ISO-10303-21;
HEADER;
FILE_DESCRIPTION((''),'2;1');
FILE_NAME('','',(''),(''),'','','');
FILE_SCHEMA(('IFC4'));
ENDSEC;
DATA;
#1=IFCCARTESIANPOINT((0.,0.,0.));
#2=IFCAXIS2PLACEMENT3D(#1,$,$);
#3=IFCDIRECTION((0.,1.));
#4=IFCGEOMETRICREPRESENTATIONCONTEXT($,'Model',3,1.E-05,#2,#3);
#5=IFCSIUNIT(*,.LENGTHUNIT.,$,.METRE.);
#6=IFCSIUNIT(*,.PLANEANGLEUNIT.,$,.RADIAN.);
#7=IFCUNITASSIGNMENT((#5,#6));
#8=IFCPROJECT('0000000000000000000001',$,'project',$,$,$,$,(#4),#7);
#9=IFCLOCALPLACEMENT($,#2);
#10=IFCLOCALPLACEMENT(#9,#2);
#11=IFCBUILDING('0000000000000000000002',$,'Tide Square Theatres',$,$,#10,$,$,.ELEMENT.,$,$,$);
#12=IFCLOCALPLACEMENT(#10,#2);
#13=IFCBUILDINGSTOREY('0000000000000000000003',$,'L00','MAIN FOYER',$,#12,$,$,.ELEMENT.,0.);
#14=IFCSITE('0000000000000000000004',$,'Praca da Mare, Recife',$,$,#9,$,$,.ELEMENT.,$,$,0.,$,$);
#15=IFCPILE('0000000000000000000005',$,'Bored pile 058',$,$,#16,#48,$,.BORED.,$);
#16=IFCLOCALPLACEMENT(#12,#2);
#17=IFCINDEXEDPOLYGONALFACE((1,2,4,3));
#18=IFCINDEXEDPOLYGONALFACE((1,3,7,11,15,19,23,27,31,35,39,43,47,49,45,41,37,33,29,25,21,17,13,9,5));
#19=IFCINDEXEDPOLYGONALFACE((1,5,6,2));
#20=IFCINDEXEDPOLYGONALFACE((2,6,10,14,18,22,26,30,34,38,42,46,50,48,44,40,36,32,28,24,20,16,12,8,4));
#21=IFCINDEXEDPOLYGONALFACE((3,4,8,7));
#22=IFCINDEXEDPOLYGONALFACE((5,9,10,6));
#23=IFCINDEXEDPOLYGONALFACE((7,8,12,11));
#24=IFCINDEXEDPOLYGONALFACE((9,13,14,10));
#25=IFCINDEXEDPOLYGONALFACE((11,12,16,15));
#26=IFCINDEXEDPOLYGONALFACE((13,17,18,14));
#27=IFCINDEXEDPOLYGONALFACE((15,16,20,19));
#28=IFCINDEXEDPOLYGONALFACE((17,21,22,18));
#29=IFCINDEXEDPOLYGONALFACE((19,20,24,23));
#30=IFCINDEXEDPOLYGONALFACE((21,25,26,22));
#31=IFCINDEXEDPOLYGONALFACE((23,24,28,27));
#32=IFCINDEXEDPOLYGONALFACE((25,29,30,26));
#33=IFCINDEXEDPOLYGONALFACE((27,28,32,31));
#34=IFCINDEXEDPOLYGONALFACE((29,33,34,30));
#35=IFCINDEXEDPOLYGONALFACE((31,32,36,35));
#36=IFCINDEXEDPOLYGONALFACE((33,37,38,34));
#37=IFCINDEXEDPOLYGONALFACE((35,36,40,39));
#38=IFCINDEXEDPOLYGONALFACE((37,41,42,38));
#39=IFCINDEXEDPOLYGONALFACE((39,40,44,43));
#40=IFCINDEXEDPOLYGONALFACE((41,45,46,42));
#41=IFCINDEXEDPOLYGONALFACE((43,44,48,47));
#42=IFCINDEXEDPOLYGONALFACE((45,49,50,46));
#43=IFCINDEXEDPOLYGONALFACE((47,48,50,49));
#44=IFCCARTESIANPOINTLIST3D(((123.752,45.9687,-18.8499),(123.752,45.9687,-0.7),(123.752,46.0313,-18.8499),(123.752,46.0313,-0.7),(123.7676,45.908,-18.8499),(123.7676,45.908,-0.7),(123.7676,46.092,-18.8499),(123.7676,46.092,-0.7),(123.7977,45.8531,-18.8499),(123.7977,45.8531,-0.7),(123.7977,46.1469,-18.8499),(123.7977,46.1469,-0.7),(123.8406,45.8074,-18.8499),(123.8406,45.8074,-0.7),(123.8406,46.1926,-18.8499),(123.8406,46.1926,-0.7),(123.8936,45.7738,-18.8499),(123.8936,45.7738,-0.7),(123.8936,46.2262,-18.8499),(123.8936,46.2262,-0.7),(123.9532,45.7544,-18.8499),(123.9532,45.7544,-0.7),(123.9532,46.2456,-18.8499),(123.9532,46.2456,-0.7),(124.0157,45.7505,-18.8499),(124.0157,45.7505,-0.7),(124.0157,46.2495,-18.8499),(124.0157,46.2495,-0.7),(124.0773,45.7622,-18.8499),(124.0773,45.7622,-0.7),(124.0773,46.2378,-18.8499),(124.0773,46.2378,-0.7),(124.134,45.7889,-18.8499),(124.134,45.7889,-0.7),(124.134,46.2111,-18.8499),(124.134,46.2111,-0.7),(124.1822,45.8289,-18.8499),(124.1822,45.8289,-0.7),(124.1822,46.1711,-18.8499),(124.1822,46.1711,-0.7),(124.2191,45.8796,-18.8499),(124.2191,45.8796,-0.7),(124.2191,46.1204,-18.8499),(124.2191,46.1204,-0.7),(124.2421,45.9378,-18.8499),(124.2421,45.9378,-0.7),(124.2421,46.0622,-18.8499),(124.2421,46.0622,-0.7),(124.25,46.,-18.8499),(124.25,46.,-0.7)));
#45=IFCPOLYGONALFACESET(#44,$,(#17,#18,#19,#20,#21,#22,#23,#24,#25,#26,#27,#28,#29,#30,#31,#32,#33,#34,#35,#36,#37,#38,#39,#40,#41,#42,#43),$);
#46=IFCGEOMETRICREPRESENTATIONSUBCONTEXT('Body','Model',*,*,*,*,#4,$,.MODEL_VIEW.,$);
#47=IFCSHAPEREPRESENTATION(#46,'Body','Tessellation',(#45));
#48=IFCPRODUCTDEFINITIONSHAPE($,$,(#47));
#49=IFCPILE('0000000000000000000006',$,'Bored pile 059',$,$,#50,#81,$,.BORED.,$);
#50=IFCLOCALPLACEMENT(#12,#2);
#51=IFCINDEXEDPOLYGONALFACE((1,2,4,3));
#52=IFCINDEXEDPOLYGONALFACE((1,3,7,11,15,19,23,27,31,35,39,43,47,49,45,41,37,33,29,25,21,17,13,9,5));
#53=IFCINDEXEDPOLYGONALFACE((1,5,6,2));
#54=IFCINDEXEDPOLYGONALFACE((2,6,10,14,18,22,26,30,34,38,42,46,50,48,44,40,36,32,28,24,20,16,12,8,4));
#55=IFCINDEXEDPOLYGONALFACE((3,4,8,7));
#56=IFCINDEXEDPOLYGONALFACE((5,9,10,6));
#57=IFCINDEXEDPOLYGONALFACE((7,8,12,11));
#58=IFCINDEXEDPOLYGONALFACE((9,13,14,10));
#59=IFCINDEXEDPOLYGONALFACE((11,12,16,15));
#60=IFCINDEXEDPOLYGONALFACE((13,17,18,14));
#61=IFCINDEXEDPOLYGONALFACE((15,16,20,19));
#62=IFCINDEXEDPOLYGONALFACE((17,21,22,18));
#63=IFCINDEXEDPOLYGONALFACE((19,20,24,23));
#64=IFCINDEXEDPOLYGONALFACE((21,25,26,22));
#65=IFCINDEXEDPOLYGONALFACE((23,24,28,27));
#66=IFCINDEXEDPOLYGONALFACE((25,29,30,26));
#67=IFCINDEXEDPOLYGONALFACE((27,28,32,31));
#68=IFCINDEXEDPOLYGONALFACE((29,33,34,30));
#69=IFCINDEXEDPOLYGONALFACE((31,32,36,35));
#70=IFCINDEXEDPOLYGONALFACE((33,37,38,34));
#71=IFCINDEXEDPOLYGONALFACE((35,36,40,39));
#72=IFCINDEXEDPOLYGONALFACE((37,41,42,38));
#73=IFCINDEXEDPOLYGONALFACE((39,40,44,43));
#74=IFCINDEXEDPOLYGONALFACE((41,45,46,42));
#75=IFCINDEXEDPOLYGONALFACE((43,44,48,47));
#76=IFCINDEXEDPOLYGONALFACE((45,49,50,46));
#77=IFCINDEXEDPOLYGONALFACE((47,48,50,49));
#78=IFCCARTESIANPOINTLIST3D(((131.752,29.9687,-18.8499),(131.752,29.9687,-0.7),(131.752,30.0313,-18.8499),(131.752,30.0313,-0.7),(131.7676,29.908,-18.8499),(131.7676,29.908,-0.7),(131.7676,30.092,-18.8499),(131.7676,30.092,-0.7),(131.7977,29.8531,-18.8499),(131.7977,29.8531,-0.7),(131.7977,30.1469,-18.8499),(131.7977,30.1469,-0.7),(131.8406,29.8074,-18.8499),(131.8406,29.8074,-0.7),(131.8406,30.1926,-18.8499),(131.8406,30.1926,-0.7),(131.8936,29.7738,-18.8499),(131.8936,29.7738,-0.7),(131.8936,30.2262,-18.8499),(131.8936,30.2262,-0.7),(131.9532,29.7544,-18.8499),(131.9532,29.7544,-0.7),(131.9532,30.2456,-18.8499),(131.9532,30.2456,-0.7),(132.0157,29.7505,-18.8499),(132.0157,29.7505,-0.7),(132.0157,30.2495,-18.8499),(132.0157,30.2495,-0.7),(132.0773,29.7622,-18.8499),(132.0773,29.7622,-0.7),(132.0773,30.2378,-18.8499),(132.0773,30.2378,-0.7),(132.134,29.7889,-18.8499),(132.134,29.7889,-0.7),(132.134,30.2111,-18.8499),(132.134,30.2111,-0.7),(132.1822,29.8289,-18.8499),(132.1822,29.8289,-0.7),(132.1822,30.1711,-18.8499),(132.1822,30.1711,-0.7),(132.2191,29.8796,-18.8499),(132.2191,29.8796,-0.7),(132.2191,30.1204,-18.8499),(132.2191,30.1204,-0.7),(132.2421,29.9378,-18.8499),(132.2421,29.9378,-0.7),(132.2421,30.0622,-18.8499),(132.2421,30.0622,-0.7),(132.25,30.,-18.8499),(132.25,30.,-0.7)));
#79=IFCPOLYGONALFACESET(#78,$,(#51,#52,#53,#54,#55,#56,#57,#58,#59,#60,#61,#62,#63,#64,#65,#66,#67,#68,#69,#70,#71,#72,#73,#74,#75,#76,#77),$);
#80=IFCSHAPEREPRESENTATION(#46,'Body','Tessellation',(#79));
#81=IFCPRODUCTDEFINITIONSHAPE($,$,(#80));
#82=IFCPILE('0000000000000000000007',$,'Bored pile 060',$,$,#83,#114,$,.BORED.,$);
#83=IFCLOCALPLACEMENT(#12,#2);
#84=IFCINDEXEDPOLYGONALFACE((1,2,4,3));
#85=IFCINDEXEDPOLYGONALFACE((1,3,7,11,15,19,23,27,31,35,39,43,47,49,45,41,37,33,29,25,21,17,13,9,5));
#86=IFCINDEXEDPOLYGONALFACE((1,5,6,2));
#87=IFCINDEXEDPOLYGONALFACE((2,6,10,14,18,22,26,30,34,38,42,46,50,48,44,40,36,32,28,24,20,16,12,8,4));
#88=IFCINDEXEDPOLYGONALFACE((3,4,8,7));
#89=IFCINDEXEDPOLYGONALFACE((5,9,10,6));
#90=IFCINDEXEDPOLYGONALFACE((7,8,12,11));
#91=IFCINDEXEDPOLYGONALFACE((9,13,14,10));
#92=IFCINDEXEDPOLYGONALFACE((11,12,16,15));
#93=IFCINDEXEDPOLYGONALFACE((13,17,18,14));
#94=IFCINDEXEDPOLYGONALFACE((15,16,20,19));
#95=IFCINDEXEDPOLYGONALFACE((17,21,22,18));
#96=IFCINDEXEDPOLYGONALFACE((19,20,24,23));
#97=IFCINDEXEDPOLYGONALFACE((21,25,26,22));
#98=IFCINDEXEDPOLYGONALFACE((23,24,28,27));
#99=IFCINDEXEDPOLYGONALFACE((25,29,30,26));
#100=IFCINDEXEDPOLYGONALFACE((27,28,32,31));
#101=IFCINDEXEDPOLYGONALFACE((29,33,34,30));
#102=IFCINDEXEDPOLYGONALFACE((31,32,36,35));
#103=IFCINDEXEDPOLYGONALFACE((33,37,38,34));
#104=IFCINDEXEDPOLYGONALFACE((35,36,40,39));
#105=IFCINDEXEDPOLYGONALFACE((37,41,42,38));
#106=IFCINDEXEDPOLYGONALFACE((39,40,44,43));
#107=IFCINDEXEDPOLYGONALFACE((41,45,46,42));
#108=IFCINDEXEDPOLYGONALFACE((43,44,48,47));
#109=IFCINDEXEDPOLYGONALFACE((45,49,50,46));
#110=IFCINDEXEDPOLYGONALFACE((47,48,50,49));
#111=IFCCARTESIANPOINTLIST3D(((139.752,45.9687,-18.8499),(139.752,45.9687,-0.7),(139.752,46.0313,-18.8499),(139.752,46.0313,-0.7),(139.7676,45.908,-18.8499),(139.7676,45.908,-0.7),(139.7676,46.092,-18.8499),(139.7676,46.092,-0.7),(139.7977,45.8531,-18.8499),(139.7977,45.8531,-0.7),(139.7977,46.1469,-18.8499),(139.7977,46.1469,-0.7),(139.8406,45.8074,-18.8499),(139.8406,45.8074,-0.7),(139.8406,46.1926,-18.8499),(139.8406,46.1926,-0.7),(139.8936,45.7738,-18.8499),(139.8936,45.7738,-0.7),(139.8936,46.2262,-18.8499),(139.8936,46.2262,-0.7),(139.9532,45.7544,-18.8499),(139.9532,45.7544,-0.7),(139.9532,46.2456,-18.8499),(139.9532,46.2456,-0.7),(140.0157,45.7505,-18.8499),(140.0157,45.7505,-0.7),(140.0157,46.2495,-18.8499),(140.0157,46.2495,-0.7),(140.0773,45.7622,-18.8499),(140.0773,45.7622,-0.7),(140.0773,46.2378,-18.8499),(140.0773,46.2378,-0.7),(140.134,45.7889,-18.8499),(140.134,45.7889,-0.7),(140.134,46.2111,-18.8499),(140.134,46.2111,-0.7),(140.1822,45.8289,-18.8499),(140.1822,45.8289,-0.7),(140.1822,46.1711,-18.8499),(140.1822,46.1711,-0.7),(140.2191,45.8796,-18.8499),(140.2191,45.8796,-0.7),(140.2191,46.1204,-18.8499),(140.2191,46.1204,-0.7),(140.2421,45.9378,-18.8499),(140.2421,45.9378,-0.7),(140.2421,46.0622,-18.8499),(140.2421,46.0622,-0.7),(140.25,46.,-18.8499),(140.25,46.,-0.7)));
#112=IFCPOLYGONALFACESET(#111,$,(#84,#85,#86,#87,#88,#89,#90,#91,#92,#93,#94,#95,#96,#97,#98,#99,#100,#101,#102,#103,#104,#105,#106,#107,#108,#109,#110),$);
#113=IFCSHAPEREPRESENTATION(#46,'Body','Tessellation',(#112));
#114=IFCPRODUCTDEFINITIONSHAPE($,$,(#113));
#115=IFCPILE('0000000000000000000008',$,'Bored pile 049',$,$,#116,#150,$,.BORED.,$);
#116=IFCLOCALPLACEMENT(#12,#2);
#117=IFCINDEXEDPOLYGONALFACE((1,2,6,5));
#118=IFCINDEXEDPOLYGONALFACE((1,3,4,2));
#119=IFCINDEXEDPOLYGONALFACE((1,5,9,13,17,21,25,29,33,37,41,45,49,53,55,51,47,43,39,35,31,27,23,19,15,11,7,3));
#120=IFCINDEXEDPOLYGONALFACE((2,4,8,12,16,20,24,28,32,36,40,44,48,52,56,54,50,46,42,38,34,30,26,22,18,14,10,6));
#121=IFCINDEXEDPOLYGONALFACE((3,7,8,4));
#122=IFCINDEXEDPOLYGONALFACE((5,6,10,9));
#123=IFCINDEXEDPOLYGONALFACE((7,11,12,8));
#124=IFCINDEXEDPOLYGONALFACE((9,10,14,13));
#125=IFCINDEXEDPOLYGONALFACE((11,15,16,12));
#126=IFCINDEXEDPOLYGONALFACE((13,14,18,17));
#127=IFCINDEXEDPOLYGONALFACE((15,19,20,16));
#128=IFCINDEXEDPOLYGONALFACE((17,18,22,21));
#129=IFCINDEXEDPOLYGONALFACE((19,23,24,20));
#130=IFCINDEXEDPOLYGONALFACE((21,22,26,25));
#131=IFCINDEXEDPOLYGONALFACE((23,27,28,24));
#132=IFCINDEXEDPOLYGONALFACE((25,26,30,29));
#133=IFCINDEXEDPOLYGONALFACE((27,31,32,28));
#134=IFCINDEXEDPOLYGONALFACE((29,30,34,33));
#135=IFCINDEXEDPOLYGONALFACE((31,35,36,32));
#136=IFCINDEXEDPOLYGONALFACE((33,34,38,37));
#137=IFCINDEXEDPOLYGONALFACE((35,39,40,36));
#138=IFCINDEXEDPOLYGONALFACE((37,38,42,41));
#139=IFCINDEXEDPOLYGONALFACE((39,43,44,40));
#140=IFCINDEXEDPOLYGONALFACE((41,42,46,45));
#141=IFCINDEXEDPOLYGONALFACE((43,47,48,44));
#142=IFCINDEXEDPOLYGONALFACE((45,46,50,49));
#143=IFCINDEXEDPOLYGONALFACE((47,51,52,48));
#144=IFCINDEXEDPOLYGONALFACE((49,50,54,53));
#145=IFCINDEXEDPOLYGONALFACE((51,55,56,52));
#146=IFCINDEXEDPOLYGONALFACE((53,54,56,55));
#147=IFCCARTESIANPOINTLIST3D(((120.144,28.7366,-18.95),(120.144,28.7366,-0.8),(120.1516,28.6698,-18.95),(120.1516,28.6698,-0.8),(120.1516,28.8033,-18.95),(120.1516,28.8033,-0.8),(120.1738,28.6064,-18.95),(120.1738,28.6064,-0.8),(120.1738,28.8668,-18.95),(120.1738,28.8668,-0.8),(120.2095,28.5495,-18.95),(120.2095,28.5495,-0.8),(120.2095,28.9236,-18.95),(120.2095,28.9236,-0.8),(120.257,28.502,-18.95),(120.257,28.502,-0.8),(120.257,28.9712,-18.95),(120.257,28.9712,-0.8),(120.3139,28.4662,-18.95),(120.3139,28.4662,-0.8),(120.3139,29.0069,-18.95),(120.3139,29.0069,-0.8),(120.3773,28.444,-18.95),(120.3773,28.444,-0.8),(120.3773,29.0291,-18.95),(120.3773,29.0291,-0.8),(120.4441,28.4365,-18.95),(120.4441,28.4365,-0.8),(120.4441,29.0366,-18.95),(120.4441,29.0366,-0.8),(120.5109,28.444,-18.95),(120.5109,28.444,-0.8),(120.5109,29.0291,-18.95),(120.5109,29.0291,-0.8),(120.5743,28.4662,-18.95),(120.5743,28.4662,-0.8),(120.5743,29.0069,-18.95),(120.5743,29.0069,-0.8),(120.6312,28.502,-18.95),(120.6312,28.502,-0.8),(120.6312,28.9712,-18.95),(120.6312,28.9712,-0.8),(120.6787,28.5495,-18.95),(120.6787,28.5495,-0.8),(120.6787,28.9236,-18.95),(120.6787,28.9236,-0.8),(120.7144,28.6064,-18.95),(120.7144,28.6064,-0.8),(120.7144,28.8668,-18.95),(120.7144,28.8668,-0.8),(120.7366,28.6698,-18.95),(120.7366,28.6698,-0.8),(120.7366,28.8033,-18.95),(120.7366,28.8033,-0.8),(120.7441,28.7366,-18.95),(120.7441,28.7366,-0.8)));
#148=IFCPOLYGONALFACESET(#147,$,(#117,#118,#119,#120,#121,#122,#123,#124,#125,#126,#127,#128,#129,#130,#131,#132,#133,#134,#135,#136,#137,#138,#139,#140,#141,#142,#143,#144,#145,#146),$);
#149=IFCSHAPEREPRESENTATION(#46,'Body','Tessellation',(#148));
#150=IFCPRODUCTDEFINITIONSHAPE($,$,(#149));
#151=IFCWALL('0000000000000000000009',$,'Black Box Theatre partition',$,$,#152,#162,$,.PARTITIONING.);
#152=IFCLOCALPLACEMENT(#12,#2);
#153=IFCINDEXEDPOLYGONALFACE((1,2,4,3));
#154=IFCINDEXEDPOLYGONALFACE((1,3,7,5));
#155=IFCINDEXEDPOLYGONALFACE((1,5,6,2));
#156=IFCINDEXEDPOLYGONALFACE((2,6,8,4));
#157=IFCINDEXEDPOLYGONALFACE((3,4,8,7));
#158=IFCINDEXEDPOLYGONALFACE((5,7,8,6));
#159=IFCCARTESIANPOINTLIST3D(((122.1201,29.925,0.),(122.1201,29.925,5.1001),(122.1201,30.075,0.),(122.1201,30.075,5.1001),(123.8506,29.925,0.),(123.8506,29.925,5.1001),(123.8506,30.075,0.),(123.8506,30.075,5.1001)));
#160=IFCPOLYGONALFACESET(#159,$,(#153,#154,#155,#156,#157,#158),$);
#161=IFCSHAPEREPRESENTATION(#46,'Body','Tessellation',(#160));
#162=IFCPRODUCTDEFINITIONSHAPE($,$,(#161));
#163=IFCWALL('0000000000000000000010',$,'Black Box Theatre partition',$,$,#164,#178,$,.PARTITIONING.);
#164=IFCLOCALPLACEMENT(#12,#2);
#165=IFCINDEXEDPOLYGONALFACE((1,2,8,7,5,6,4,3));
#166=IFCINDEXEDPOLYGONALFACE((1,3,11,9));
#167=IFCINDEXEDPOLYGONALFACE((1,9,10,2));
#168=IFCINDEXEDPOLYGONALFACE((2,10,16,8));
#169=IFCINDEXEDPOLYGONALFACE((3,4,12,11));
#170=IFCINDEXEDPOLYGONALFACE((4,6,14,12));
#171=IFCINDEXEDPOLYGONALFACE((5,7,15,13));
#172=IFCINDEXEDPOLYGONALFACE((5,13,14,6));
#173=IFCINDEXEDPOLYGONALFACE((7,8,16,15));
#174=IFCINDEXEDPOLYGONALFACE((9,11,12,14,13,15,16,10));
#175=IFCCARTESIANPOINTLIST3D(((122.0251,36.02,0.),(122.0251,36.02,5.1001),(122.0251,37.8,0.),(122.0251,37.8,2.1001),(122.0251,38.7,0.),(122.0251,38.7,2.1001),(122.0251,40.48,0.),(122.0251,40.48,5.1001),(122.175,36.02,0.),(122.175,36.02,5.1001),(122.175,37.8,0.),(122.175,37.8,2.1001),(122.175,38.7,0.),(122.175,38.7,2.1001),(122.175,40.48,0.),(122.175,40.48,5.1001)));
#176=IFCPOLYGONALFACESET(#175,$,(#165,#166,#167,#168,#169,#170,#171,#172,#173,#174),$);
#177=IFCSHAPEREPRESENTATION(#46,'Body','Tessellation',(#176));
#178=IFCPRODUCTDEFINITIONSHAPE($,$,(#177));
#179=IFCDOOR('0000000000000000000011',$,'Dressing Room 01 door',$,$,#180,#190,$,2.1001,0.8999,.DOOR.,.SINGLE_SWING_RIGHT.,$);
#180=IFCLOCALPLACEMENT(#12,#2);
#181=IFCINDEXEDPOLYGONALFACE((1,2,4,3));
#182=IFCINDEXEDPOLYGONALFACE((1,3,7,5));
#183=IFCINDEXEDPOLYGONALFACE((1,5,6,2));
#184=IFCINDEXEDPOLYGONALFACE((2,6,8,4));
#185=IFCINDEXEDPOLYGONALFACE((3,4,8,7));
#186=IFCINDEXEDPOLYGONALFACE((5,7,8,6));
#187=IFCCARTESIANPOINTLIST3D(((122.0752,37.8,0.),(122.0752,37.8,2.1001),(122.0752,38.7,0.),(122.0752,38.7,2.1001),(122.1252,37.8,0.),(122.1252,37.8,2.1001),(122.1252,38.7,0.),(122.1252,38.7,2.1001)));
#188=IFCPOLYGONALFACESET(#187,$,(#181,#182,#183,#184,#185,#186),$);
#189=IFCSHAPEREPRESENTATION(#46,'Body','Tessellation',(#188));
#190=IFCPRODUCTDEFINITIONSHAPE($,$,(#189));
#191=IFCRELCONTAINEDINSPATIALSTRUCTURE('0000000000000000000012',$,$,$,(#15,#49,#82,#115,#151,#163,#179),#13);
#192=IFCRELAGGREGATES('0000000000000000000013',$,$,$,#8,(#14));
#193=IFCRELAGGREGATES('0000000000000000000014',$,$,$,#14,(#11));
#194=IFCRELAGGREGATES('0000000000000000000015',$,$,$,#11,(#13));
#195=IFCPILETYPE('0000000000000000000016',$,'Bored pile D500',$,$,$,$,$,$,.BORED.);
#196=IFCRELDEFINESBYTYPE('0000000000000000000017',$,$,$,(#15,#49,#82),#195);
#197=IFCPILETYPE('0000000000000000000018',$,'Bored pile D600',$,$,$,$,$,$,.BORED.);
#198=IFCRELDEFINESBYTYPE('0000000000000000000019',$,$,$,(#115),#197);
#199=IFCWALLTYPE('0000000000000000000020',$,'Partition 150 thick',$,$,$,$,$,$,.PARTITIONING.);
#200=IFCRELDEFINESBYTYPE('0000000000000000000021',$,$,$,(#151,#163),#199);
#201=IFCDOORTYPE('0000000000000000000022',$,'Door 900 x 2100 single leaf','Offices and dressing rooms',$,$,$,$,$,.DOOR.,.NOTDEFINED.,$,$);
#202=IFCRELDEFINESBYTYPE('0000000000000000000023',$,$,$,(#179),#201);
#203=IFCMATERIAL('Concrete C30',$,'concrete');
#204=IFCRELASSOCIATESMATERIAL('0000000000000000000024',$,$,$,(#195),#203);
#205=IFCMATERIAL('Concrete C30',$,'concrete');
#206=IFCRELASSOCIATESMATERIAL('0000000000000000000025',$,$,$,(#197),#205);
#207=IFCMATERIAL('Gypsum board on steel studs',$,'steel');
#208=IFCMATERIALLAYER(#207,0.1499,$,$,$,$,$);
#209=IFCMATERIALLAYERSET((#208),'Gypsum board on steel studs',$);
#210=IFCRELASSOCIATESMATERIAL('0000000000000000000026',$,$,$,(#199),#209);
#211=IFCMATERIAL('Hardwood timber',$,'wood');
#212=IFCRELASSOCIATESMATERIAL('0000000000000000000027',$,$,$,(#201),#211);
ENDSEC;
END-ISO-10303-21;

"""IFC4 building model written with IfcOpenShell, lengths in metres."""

from ifc_helpers import new_model, si_unit, direction, frame, frame_2d, origin, origin_2d, place, context, subcontext, project, spatial, rectangle, circle, extrude, material, layer, layer_set, material_profile, profile_set, type_object, element, fill, save


model = new_model("IFC4")

# Units and contexts
model_context = context("Model", 3, precision=1e-05, world=origin(), true_north=direction((0.0, 1.0)))
body_context = subcontext(model_context, "Body", "Model", "MODEL_VIEW")
ifc_project = project(units=[si_unit("LENGTHUNIT", "METRE"), si_unit("PLANEANGLEUNIT", "RADIAN")], contexts=[model_context])

# Site, building, storey
site_placement = place(None, origin())
site = spatial("IfcSite", under=ifc_project, at=site_placement, Name="Praca da Mare, Recife", CompositionType="ELEMENT", RefElevation=0.0)
building_placement = place(site_placement, origin())
building = spatial("IfcBuilding", under=site, at=building_placement, Name="Tide Square Theatres", CompositionType="ELEMENT")
storey_placement = place(building_placement, origin())
storey = spatial("IfcBuildingStorey", under=building, at=storey_placement, Name="L00", Description="MAIN FOYER", CompositionType="ELEMENT", Elevation=0.0)

# Piles
ifc_material_1 = material(Name="Concrete C30", Category="concrete")
ifc_material_profile_1 = material_profile(ifc_material_1, circle(Radius=0.25, at=origin_2d()))
ifc_profile_set_1 = profile_set([ifc_material_profile_1], Name="Concrete C30")
pile_type_1 = type_object("IfcPileType", Name="Bored pile D500", PredefinedType="BORED", material=ifc_profile_set_1)
for number, where, z_axis, x_axis, name in (
    (1, (124.0, 46.0, -0.7), (0.0, 0.0, -1.0), (1.0, 0.0, 0.0), "Bored pile 058"),
    (2, (132.0, 30.0, -0.7), (0.0, 0.0, -1.0), (1.0, 0.0, 0.0), "Bored pile 059"),
    (3, (140.0, 46.0, -0.7), (0.0, 0.0, -1.0), (1.0, 0.0, 0.0), "Bored pile 060"),
):
    element("IfcPile", number, at=place(storey_placement, frame(where, z_axis=z_axis, x_axis=x_axis)), inside=storey, type_object=pile_type_1, Name=name, PredefinedType="BORED", context=body_context, shape_type="SweptSolid", body=[
        extrude(circle(Radius=0.25, at=origin_2d()), origin(), (0.0, 0.0, 1.0), 18.1499),
    ])
ifc_material_2 = material(Name="Concrete C30", Category="concrete")
ifc_material_profile_2 = material_profile(ifc_material_2, circle(Radius=0.3, at=origin_2d()))
ifc_profile_set_2 = profile_set([ifc_material_profile_2], Name="Concrete C30")
pile_type_2 = type_object("IfcPileType", Name="Bored pile D600", PredefinedType="BORED", material=ifc_profile_set_2)
pile_placement = place(storey_placement, frame((120.4441, 28.7366, -0.8), z_axis=(0.0, 0.0, -1.0), x_axis=(1.0, 0.0, 0.0)))
element("IfcPile", 4, at=pile_placement, inside=storey, type_object=pile_type_2, Name="Bored pile 049", PredefinedType="BORED", context=body_context, shape_type="SweptSolid", body=[
    extrude(circle(Radius=0.3, at=origin_2d()), origin(), (0.0, 0.0, 1.0), 18.1499),
])

# Wall
ifc_material_3 = material(Name="Gypsum board on steel studs", Category="steel")
ifc_layer_1 = layer(ifc_material_3, 0.1499)
ifc_layer_set_1 = layer_set([ifc_layer_1], Name="Gypsum board on steel studs")
wall_type_1 = type_object("IfcWallType", Name="Partition 150 thick", PredefinedType="PARTITIONING", material=ifc_layer_set_1)
wall_1_placement = place(storey_placement, frame((123.8506, 30.0, 0.0), z_axis=(0.0, 0.0, 1.0), x_axis=(-1.0, 0.0, 0.0)))
element("IfcWall", 5, at=wall_1_placement, inside=storey, type_object=wall_type_1, Name="Black Box Theatre partition", PredefinedType="PARTITIONING", context=body_context, shape_type="SweptSolid", body=[
    extrude(rectangle(XDim=1.7305, YDim=0.1499, at=frame_2d((0.8652, 0.0))), origin(), (0.0, 0.0, 1.0), 5.1001),
])

# Wall, opening, door
wall_2_placement = place(storey_placement, frame((122.1001, 36.02, 0.0), z_axis=(0.0, 0.0, 1.0), x_axis=(0.0, 1.0, 0.0)))
wall_2 = element("IfcWall", 6, at=wall_2_placement, inside=storey, type_object=wall_type_1, Name="Black Box Theatre partition", PredefinedType="PARTITIONING", context=body_context, shape_type="SweptSolid", body=[
    extrude(rectangle(XDim=4.46, YDim=0.1499, at=frame_2d((2.23, 0.0))), origin(), (0.0, 0.0, 1.0), 5.1001),
])
opening_1_placement = place(wall_2_placement, frame((1.78, 0.0, 0.0)))
opening_1 = element("IfcOpeningElement", 7, at=opening_1_placement, cuts=wall_2, PredefinedType="OPENING", context=body_context, shape_type="SweptSolid", body=[
    extrude(rectangle(XDim=0.8999, YDim=2.1001, at=frame_2d((0.45, 1.05))), frame((0.0, 0.085, 0.0), z_axis=(0.0, -1.0, 0.0), x_axis=(1.0, 0.0, 0.0)), (0.0, 0.0, 1.0), 0.1699),
])
ifc_material_4 = material(Name="Hardwood timber", Category="wood")
door_type_1 = type_object("IfcDoorType", Name="Door 900 x 2100 single leaf", Description="Offices and dressing rooms", OperationType="NOTDEFINED", PredefinedType="DOOR", material=ifc_material_4)
door_1_placement = place(opening_1_placement, origin())
door_1 = element("IfcDoor", 8, at=door_1_placement, inside=storey, type_object=door_type_1, Name="Dressing Room 01 door", OperationType="SINGLE_SWING_RIGHT", OverallHeight=2.1001, OverallWidth=0.8999, PredefinedType="DOOR", context=body_context, shape_type="SweptSolid", body=[
    extrude(rectangle(XDim=0.8999, YDim=2.1001, at=frame_2d((0.45, 1.05))), frame((0.0, 0.0249, 0.0), z_axis=(0.0, -1.0, 0.0), x_axis=(1.0, 0.0, 0.0)), (0.0, 0.0, 1.0), 0.05),
])
fill(opening_1, door_1)

save(model, "model.ifc")
